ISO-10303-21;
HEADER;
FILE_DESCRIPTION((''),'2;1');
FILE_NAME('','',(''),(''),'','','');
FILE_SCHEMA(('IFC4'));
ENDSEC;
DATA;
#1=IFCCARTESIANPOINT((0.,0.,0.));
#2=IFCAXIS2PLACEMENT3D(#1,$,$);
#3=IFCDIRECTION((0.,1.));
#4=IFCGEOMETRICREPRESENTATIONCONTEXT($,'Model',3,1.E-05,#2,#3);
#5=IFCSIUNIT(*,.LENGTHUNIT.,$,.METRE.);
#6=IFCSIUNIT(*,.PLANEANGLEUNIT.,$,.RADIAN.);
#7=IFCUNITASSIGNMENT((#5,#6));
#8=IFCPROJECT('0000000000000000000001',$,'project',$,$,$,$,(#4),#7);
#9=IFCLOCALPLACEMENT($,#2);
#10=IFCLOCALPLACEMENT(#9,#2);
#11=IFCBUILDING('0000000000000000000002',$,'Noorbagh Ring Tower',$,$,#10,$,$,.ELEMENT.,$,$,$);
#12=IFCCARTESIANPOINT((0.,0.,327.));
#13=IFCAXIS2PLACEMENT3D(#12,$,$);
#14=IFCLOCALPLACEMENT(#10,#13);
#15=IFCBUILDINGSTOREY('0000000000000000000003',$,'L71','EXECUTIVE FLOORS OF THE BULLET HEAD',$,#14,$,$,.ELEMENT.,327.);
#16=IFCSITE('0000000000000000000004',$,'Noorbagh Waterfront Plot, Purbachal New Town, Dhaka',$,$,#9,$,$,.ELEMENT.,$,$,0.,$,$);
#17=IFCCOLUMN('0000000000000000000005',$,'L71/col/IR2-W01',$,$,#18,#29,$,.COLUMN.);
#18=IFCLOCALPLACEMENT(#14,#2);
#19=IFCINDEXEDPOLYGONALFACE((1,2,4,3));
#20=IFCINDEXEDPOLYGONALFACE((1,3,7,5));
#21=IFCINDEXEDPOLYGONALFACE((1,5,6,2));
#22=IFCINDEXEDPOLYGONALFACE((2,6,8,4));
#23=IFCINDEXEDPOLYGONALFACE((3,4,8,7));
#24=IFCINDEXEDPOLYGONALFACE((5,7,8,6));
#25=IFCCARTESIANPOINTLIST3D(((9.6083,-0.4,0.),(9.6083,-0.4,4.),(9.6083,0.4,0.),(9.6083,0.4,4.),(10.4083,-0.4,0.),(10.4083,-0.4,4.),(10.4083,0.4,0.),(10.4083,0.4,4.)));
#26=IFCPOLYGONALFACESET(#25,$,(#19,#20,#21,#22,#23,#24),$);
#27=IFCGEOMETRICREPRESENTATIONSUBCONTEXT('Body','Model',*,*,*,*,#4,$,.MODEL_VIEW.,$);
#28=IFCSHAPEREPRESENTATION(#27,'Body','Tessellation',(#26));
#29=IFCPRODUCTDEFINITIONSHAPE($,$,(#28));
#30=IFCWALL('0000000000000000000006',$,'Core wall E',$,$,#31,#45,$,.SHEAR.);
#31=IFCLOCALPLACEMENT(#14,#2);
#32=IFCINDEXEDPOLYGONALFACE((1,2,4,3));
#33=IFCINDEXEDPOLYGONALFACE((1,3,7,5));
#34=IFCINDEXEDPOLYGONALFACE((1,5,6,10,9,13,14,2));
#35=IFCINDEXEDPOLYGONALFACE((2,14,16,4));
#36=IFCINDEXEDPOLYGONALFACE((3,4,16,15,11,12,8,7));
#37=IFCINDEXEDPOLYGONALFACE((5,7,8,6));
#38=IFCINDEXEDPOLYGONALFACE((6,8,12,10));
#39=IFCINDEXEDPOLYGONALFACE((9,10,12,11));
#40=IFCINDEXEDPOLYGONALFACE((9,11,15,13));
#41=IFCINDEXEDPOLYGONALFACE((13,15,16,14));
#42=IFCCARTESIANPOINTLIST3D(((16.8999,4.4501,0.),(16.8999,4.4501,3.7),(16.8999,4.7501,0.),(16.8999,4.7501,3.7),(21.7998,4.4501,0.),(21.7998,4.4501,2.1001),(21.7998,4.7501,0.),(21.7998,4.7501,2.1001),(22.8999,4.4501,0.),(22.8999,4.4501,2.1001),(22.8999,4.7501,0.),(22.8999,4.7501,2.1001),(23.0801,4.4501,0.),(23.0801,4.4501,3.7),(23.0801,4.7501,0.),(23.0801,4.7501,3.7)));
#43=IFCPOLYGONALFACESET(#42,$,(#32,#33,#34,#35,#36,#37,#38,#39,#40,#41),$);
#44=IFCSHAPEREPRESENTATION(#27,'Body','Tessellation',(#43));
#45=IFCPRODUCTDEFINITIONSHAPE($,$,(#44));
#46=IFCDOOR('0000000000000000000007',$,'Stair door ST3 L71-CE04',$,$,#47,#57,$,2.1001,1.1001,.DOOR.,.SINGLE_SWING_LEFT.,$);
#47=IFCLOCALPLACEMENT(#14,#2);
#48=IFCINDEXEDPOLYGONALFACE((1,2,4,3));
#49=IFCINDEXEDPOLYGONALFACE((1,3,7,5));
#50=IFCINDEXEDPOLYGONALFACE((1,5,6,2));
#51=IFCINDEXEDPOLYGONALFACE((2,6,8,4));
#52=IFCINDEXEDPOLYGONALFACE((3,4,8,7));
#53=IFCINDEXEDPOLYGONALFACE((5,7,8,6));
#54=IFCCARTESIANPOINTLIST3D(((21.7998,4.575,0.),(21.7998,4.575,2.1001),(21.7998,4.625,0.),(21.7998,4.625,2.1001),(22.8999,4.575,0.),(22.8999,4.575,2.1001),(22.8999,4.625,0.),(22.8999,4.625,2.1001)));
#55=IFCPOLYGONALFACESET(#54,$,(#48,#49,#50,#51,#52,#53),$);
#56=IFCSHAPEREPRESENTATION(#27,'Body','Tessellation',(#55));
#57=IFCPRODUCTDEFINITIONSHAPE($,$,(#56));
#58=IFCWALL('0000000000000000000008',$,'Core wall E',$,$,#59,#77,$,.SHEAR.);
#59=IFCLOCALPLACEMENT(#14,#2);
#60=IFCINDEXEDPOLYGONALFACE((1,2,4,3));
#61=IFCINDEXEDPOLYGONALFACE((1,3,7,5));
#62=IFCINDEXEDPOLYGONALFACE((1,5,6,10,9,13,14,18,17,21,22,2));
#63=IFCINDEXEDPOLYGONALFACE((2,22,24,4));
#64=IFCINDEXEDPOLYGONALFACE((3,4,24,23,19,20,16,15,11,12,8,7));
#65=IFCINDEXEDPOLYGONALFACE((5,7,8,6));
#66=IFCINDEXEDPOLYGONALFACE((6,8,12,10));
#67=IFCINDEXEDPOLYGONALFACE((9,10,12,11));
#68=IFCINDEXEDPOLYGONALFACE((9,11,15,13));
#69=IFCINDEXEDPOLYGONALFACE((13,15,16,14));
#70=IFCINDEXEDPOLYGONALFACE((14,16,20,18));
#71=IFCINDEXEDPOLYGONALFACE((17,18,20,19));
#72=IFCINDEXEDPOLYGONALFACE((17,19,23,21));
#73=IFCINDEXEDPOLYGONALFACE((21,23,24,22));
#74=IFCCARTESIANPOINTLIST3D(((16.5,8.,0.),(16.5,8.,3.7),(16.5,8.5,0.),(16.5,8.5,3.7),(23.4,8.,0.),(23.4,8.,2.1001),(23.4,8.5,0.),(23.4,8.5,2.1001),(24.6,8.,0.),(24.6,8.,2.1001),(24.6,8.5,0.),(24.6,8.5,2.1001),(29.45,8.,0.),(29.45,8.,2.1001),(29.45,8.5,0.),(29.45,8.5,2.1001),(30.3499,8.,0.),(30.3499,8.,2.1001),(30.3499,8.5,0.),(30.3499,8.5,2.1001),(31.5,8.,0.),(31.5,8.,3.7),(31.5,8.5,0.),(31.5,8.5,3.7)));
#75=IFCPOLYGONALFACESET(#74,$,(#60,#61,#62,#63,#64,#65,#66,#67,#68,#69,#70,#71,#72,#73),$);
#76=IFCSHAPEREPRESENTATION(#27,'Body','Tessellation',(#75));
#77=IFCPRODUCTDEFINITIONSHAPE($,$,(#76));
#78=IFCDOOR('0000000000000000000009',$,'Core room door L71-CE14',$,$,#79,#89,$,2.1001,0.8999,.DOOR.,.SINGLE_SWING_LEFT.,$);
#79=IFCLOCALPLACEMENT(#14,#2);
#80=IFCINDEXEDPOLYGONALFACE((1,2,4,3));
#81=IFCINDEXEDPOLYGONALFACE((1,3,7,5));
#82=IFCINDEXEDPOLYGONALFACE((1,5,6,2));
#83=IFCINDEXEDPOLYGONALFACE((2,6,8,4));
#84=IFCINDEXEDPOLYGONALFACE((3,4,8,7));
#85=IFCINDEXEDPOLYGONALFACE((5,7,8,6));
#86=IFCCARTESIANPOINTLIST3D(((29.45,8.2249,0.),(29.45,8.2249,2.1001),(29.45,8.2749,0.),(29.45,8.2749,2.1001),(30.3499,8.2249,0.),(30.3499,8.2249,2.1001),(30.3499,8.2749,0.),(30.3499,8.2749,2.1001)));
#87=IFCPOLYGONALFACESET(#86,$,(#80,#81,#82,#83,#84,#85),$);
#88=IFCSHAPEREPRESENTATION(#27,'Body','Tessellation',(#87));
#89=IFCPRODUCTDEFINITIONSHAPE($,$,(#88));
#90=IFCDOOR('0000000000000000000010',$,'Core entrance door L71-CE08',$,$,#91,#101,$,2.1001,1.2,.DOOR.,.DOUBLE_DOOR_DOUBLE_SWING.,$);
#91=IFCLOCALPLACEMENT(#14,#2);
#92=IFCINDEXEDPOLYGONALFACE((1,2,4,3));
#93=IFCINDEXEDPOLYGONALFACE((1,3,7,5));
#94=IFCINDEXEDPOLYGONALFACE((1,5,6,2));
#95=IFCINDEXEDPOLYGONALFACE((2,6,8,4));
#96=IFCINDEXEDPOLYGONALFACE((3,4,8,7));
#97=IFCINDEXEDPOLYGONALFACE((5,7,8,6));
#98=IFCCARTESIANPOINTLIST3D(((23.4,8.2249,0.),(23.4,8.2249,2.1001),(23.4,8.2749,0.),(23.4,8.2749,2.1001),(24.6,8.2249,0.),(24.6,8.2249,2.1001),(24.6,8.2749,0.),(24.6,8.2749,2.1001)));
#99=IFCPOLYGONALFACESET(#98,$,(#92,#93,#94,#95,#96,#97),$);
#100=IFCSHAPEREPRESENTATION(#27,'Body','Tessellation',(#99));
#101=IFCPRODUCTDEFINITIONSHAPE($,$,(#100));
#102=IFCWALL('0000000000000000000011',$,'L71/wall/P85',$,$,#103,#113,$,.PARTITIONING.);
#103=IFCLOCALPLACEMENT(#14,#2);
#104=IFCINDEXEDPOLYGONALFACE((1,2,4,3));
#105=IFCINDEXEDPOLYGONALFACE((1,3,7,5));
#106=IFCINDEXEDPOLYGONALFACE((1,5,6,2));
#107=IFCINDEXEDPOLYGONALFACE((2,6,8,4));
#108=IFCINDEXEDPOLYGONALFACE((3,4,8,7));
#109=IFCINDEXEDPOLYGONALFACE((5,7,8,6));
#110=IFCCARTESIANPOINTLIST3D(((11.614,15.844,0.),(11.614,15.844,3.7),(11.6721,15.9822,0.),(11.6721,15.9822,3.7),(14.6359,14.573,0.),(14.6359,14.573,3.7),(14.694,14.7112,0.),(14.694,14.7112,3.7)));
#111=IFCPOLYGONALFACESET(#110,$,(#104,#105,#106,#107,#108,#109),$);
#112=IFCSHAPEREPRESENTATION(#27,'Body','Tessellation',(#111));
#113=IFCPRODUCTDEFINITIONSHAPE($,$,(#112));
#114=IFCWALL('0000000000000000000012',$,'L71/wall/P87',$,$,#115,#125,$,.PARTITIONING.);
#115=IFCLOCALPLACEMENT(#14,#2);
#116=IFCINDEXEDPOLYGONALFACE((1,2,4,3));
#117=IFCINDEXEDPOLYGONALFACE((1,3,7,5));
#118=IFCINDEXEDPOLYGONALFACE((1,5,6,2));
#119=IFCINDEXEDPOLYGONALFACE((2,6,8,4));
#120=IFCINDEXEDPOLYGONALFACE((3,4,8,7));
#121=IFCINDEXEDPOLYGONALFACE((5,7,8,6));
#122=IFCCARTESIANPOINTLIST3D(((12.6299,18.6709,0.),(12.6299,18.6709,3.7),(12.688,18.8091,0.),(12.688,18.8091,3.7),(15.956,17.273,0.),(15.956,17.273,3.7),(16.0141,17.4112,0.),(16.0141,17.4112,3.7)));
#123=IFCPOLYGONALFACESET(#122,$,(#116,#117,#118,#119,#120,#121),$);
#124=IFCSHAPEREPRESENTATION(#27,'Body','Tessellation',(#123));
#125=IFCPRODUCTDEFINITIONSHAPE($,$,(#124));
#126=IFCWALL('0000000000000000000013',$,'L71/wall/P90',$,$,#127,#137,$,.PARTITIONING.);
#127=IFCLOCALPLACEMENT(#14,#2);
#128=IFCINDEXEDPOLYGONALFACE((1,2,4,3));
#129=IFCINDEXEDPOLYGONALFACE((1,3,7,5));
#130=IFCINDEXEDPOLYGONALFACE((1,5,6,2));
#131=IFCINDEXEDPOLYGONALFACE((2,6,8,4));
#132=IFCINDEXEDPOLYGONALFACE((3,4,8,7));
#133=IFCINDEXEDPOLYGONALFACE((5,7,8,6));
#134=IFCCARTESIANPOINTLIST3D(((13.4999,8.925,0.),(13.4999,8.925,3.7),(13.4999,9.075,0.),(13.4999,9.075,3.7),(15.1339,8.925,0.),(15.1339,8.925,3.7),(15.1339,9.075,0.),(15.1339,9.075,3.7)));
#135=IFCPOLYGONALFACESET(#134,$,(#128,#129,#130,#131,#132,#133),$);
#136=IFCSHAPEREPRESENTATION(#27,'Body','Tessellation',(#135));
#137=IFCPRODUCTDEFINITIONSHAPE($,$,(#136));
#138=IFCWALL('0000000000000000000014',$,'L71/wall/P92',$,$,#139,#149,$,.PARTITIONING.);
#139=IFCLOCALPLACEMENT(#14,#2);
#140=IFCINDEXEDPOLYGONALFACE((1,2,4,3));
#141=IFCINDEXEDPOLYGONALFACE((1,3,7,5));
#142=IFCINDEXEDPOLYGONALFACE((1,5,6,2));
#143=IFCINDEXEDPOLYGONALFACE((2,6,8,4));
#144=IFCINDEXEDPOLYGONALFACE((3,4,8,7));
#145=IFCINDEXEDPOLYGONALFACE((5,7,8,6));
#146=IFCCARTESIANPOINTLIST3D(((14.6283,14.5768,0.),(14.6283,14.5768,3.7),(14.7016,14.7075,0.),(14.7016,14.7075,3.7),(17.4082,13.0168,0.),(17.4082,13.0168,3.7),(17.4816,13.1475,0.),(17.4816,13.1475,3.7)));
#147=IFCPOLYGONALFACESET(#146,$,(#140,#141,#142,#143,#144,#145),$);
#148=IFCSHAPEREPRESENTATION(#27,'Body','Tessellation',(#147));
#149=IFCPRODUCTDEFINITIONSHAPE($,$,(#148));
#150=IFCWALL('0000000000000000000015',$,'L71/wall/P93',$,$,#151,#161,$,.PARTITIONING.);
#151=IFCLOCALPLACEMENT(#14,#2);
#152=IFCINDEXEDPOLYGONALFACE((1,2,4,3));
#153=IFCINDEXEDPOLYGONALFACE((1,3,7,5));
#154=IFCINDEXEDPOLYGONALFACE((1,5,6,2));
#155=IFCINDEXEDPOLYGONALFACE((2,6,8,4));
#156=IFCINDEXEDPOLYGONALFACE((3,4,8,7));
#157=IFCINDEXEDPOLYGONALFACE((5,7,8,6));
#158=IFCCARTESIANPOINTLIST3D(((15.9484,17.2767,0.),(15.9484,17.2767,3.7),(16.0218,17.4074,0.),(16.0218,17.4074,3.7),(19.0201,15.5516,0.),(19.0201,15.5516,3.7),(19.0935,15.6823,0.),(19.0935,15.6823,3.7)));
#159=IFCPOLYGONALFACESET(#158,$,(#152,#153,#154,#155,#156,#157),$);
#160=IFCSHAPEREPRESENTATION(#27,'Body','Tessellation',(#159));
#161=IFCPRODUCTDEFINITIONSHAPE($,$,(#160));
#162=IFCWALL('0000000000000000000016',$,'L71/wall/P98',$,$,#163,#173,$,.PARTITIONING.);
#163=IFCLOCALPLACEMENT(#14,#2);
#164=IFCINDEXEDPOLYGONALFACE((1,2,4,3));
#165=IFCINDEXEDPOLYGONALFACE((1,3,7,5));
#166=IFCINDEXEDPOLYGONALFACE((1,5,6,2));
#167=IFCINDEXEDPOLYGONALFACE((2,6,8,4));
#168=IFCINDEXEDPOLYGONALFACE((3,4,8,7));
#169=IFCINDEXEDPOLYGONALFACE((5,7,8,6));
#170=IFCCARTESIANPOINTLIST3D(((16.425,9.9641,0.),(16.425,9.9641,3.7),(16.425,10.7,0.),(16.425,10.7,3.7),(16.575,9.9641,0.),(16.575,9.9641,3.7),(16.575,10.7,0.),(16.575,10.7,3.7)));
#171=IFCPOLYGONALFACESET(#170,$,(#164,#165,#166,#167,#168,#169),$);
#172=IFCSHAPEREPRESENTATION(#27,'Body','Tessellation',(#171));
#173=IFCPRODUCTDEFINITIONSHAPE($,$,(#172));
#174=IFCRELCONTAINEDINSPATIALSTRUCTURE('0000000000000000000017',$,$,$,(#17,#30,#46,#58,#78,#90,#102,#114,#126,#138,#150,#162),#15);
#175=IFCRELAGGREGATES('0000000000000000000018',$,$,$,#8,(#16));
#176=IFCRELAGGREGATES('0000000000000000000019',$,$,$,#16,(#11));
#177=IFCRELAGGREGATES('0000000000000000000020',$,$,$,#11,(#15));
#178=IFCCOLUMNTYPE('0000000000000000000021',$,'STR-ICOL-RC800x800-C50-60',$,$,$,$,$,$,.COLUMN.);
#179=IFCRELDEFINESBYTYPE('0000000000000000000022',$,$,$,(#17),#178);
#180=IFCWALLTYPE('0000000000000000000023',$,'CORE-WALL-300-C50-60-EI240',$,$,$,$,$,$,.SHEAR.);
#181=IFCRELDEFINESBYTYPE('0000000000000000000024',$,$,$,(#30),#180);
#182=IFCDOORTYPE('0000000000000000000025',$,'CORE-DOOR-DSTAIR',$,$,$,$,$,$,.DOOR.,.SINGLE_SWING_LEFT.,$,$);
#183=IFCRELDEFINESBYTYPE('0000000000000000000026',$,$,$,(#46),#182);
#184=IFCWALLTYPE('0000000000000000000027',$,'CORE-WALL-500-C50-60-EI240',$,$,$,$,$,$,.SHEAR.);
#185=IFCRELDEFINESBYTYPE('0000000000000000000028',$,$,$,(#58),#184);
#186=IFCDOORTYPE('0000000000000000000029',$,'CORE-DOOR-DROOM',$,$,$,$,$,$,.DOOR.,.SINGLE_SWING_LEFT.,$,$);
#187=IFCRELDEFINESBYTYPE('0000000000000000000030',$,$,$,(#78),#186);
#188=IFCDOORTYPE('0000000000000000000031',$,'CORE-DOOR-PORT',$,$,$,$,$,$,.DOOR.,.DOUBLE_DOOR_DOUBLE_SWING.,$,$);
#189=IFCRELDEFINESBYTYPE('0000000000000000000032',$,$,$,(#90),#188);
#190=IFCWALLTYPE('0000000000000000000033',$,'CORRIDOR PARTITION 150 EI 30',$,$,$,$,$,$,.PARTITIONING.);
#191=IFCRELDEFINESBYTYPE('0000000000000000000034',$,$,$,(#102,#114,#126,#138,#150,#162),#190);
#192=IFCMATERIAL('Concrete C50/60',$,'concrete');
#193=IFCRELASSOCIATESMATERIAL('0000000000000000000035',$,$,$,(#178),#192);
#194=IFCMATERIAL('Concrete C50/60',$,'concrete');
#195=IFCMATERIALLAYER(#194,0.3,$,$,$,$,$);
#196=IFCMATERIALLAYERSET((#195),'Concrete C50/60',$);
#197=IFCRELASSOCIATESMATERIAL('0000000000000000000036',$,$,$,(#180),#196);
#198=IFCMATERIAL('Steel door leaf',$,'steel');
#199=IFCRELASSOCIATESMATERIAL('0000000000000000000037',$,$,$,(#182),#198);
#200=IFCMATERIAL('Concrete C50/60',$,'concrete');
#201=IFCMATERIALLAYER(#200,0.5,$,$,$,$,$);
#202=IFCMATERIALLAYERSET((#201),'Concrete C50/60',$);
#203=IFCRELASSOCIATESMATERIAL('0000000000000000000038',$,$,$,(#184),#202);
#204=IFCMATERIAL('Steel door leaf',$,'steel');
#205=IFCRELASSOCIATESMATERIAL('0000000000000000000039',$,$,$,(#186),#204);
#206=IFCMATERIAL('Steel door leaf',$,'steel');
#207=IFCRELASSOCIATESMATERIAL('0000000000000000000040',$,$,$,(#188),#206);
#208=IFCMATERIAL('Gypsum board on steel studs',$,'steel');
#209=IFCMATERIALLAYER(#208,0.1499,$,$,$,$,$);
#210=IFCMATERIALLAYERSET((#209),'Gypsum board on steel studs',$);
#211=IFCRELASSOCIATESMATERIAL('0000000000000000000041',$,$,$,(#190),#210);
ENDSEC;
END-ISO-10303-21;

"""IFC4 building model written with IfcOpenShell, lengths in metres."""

from ifc_helpers import new_model, si_unit, direction, frame, frame_2d, origin, origin_2d, place, context, subcontext, project, spatial, rectangle, extrude, material, layer, layer_set, material_profile, profile_set, type_object, element, fill, save


model = new_model("IFC4")

# Units and contexts
model_context = context("Model", 3, precision=1e-05, world=origin(), true_north=direction((0.0, 1.0)))
body_context = subcontext(model_context, "Body", "Model", "MODEL_VIEW")
ifc_project = project(units=[si_unit("LENGTHUNIT", "METRE"), si_unit("PLANEANGLEUNIT", "RADIAN")], contexts=[model_context])

# Site, building, storey
site_placement = place(None, origin())
site = spatial("IfcSite", under=ifc_project, at=site_placement, Name="Noorbagh Waterfront Plot, Purbachal New Town, Dhaka", CompositionType="ELEMENT", RefElevation=0.0)
building_placement = place(site_placement, origin())
building = spatial("IfcBuilding", under=site, at=building_placement, Name="Noorbagh Ring Tower", CompositionType="ELEMENT")
storey_placement = place(building_placement, frame((0.0, 0.0, 327.0)))
storey = spatial("IfcBuildingStorey", under=building, at=storey_placement, Name="L71", Description="EXECUTIVE FLOORS OF THE BULLET HEAD", CompositionType="ELEMENT", Elevation=327.0)

# Column
ifc_material_1 = material(Name="Concrete C50/60", Category="concrete")
ifc_material_profile = material_profile(ifc_material_1, rectangle(XDim=0.8, YDim=0.8, at=origin_2d()), Name="RC800x800")
ifc_profile_set = profile_set([ifc_material_profile], Name="Concrete C50/60")
column_type = type_object("IfcColumnType", Name="STR-ICOL-RC800x800-C50-60", PredefinedType="COLUMN", material=ifc_profile_set)
column_placement = place(storey_placement, frame((10.0083, 0.0, 0.0), z_axis=(0.0, 0.0, 1.0), x_axis=(0.0, 1.0, 0.0)))
element("IfcColumn", 1, at=column_placement, inside=storey, type_object=column_type, Name="L71/col/IR2-W01", PredefinedType="COLUMN", context=body_context, shape_type="SweptSolid", body=[
    extrude(rectangle(XDim=0.8, YDim=0.8, at=origin_2d()), origin(), (0.0, 0.0, 1.0), 4.0),
])

# Wall, opening, door
ifc_material_2 = material(Name="Concrete C50/60", Category="concrete")
ifc_layer_1 = layer(ifc_material_2, 0.3)
ifc_layer_set_1 = layer_set([ifc_layer_1], Name="Concrete C50/60")
wall_type_1 = type_object("IfcWallType", Name="CORE-WALL-300-C50-60-EI240", PredefinedType="SHEAR", material=ifc_layer_set_1)
wall_1_placement = place(storey_placement, frame((16.8999, 4.6001, 0.0), z_axis=(0.0, 0.0, 1.0), x_axis=(1.0, 0.0, 0.0)))
wall_1 = element("IfcWall", 2, at=wall_1_placement, inside=storey, type_object=wall_type_1, Name="Core wall E", PredefinedType="SHEAR", context=body_context, shape_type="SweptSolid", body=[
    extrude(rectangle(XDim=6.1802, YDim=0.3, at=frame_2d((3.0901, 0.0))), origin(), (0.0, 0.0, 1.0), 3.7),
])
opening_1_placement = place(wall_1_placement, frame((4.8999, 0.0, 0.0)))
opening_1 = element("IfcOpeningElement", 3, at=opening_1_placement, cuts=wall_1, PredefinedType="OPENING", context=body_context, shape_type="SweptSolid", body=[
    extrude(rectangle(XDim=1.1001, YDim=2.1001, at=frame_2d((0.55, 1.05))), frame((0.0, 0.1602, 0.0), z_axis=(0.0, -1.0, 0.0), x_axis=(1.0, 0.0, 0.0)), (0.0, 0.0, 1.0), 0.3201),
])
ifc_material_3 = material(Name="Steel door leaf", Category="steel")
door_type_1 = type_object("IfcDoorType", Name="CORE-DOOR-DSTAIR", OperationType="SINGLE_SWING_LEFT", PredefinedType="DOOR", material=ifc_material_3)
door_1_placement = place(opening_1_placement, origin())
door_1 = element("IfcDoor", 4, at=door_1_placement, inside=storey, type_object=door_type_1, Name="Stair door ST3 L71-CE04", OperationType="SINGLE_SWING_LEFT", OverallHeight=2.1001, OverallWidth=1.1001, PredefinedType="DOOR", context=body_context, shape_type="SweptSolid", body=[
    extrude(rectangle(XDim=1.1001, YDim=2.1001, at=frame_2d((0.55, 1.05))), frame((0.0, 0.0249, 0.0), z_axis=(0.0, -1.0, 0.0), x_axis=(1.0, 0.0, 0.0)), (0.0, 0.0, 1.0), 0.05),
])
fill(opening_1, door_1)

# Wall, openings, doors
ifc_material_4 = material(Name="Concrete C50/60", Category="concrete")
ifc_layer_2 = layer(ifc_material_4, 0.5)
ifc_layer_set_2 = layer_set([ifc_layer_2], Name="Concrete C50/60")
wall_type_2 = type_object("IfcWallType", Name="CORE-WALL-500-C50-60-EI240", PredefinedType="SHEAR", material=ifc_layer_set_2)
wall_2_placement = place(storey_placement, frame((16.5, 8.25, 0.0), z_axis=(0.0, 0.0, 1.0), x_axis=(1.0, 0.0, 0.0)))
wall_2 = element("IfcWall", 5, at=wall_2_placement, inside=storey, type_object=wall_type_2, Name="Core wall E", PredefinedType="SHEAR", context=body_context, shape_type="SweptSolid", body=[
    extrude(rectangle(XDim=15.0, YDim=0.5, at=frame_2d((7.5, 0.0))), origin(), (0.0, 0.0, 1.0), 3.7),
])
opening_2_placement = place(wall_2_placement, frame((6.8999, 0.0, 0.0)))
opening_2 = element("IfcOpeningElement", 6, at=opening_2_placement, cuts=wall_2, PredefinedType="OPENING", context=body_context, shape_type="SweptSolid", body=[
    extrude(rectangle(XDim=1.2, YDim=2.1001, at=frame_2d((0.6001, 1.05))), frame((0.0, 0.26, 0.0), z_axis=(0.0, -1.0, 0.0), x_axis=(1.0, 0.0, 0.0)), (0.0, 0.0, 1.0), 0.52),
])
opening_3_placement = place(wall_2_placement, frame((12.95, 0.0, 0.0)))
opening_3 = element("IfcOpeningElement", 7, at=opening_3_placement, cuts=wall_2, PredefinedType="OPENING", context=body_context, shape_type="SweptSolid", body=[
    extrude(rectangle(XDim=0.8999, YDim=2.1001, at=frame_2d((0.45, 1.05))), frame((0.0, 0.26, 0.0), z_axis=(0.0, -1.0, 0.0), x_axis=(1.0, 0.0, 0.0)), (0.0, 0.0, 1.0), 0.52),
])
ifc_material_5 = material(Name="Steel door leaf", Category="steel")
door_type_2 = type_object("IfcDoorType", Name="CORE-DOOR-DROOM", OperationType="SINGLE_SWING_LEFT", PredefinedType="DOOR", material=ifc_material_5)
door_2_placement = place(opening_3_placement, origin())
door_2 = element("IfcDoor", 8, at=door_2_placement, inside=storey, type_object=door_type_2, Name="Core room door L71-CE14", OperationType="SINGLE_SWING_LEFT", OverallHeight=2.1001, OverallWidth=0.8999, PredefinedType="DOOR", context=body_context, shape_type="SweptSolid", body=[
    extrude(rectangle(XDim=0.8999, YDim=2.1001, at=frame_2d((0.45, 1.05))), frame((0.0, 0.0249, 0.0), z_axis=(0.0, -1.0, 0.0), x_axis=(1.0, 0.0, 0.0)), (0.0, 0.0, 1.0), 0.05),
])
fill(opening_3, door_2)
ifc_material_6 = material(Name="Steel door leaf", Category="steel")
door_type_3 = type_object("IfcDoorType", Name="CORE-DOOR-PORT", OperationType="DOUBLE_DOOR_DOUBLE_SWING", PredefinedType="DOOR", material=ifc_material_6)
door_3_placement = place(opening_2_placement, origin())
door_3 = element("IfcDoor", 9, at=door_3_placement, inside=storey, type_object=door_type_3, Name="Core entrance door L71-CE08", OperationType="DOUBLE_DOOR_DOUBLE_SWING", OverallHeight=2.1001, OverallWidth=1.2, PredefinedType="DOOR", context=body_context, shape_type="SweptSolid", body=[
    extrude(rectangle(XDim=1.2, YDim=2.1001, at=frame_2d((0.6001, 1.05))), frame((0.0, 0.0249, 0.0), z_axis=(0.0, -1.0, 0.0), x_axis=(1.0, 0.0, 0.0)), (0.0, 0.0, 1.0), 0.05),
])
fill(opening_2, door_3)

# Walls
ifc_material_7 = material(Name="Gypsum board on steel studs", Category="steel")
ifc_layer_3 = layer(ifc_material_7, 0.1499)
ifc_layer_set_3 = layer_set([ifc_layer_3], Name="Gypsum board on steel studs")
wall_type_3 = type_object("IfcWallType", Name="CORRIDOR PARTITION 150 EI 30", PredefinedType="PARTITIONING", material=ifc_layer_set_3)
wall_3_placement = place(storey_placement, frame((11.6431, 15.9131, 0.0), z_axis=(0.0, 0.0, 1.0), x_axis=(0.921789, -0.387691, 0.0)))
element("IfcWall", 10, at=wall_3_placement, inside=storey, type_object=wall_type_3, Name="L71/wall/P85", PredefinedType="PARTITIONING", context=body_context, shape_type="SweptSolid", body=[
    extrude(rectangle(XDim=3.2783, YDim=0.1499, at=frame_2d((1.6392, 0.0))), origin(), (0.0, 0.0, 1.0), 3.7),
])
wall_4_placement = place(storey_placement, frame((12.6589, 18.74, 0.0), z_axis=(0.0, 0.0, 1.0), x_axis=(0.921887, -0.387458, 0.0)))
element("IfcWall", 11, at=wall_4_placement, inside=storey, type_object=wall_type_3, Name="L71/wall/P87", PredefinedType="PARTITIONING", context=body_context, shape_type="SweptSolid", body=[
    extrude(rectangle(XDim=3.6079, YDim=0.1499, at=frame_2d((1.804, 0.0))), origin(), (0.0, 0.0, 1.0), 3.7),
])
wall_5_placement = place(storey_placement, frame((13.5, 9.0, 0.0), z_axis=(0.0, 0.0, 1.0), x_axis=(1.0, 0.0, 0.0)))
element("IfcWall", 12, at=wall_5_placement, inside=storey, type_object=wall_type_3, Name="L71/wall/P90", PredefinedType="PARTITIONING", context=body_context, shape_type="SweptSolid", body=[
    extrude(rectangle(XDim=1.634, YDim=0.1499, at=frame_2d((0.8169, 0.0))), origin(), (0.0, 0.0, 1.0), 3.7),
])
wall_6_placement = place(storey_placement, frame((14.665, 14.6421, 0.0), z_axis=(0.0, 0.0, 1.0), x_axis=(0.872072, -0.489377, 0.0)))
element("IfcWall", 13, at=wall_6_placement, inside=storey, type_object=wall_type_3, Name="L71/wall/P92", PredefinedType="PARTITIONING", context=body_context, shape_type="SweptSolid", body=[
    extrude(rectangle(XDim=3.1877, YDim=0.1499, at=frame_2d((1.5938, 0.0))), origin(), (0.0, 0.0, 1.0), 3.7),
])
wall_7_placement = place(storey_placement, frame((15.9851, 17.342, 0.0), z_axis=(0.0, 0.0, 1.0), x_axis=(0.871912, -0.489662, 0.0)))
element("IfcWall", 14, at=wall_7_placement, inside=storey, type_object=wall_type_3, Name="L71/wall/P93", PredefinedType="PARTITIONING", context=body_context, shape_type="SweptSolid", body=[
    extrude(rectangle(XDim=3.5229, YDim=0.1499, at=frame_2d((1.7615, 0.0))), origin(), (0.0, 0.0, 1.0), 3.7),
])
wall_8_placement = place(storey_placement, frame((16.5, 9.9641, 0.0), z_axis=(0.0, 0.0, 1.0), x_axis=(0.0, 1.0, 0.0)))
element("IfcWall", 15, at=wall_8_placement, inside=storey, type_object=wall_type_3, Name="L71/wall/P98", PredefinedType="PARTITIONING", context=body_context, shape_type="SweptSolid", body=[
    extrude(rectangle(XDim=0.7358, YDim=0.1499, at=frame_2d((0.3679, 0.0))), origin(), (0.0, 0.0, 1.0), 3.7),
])

save(model, "model.ifc")
